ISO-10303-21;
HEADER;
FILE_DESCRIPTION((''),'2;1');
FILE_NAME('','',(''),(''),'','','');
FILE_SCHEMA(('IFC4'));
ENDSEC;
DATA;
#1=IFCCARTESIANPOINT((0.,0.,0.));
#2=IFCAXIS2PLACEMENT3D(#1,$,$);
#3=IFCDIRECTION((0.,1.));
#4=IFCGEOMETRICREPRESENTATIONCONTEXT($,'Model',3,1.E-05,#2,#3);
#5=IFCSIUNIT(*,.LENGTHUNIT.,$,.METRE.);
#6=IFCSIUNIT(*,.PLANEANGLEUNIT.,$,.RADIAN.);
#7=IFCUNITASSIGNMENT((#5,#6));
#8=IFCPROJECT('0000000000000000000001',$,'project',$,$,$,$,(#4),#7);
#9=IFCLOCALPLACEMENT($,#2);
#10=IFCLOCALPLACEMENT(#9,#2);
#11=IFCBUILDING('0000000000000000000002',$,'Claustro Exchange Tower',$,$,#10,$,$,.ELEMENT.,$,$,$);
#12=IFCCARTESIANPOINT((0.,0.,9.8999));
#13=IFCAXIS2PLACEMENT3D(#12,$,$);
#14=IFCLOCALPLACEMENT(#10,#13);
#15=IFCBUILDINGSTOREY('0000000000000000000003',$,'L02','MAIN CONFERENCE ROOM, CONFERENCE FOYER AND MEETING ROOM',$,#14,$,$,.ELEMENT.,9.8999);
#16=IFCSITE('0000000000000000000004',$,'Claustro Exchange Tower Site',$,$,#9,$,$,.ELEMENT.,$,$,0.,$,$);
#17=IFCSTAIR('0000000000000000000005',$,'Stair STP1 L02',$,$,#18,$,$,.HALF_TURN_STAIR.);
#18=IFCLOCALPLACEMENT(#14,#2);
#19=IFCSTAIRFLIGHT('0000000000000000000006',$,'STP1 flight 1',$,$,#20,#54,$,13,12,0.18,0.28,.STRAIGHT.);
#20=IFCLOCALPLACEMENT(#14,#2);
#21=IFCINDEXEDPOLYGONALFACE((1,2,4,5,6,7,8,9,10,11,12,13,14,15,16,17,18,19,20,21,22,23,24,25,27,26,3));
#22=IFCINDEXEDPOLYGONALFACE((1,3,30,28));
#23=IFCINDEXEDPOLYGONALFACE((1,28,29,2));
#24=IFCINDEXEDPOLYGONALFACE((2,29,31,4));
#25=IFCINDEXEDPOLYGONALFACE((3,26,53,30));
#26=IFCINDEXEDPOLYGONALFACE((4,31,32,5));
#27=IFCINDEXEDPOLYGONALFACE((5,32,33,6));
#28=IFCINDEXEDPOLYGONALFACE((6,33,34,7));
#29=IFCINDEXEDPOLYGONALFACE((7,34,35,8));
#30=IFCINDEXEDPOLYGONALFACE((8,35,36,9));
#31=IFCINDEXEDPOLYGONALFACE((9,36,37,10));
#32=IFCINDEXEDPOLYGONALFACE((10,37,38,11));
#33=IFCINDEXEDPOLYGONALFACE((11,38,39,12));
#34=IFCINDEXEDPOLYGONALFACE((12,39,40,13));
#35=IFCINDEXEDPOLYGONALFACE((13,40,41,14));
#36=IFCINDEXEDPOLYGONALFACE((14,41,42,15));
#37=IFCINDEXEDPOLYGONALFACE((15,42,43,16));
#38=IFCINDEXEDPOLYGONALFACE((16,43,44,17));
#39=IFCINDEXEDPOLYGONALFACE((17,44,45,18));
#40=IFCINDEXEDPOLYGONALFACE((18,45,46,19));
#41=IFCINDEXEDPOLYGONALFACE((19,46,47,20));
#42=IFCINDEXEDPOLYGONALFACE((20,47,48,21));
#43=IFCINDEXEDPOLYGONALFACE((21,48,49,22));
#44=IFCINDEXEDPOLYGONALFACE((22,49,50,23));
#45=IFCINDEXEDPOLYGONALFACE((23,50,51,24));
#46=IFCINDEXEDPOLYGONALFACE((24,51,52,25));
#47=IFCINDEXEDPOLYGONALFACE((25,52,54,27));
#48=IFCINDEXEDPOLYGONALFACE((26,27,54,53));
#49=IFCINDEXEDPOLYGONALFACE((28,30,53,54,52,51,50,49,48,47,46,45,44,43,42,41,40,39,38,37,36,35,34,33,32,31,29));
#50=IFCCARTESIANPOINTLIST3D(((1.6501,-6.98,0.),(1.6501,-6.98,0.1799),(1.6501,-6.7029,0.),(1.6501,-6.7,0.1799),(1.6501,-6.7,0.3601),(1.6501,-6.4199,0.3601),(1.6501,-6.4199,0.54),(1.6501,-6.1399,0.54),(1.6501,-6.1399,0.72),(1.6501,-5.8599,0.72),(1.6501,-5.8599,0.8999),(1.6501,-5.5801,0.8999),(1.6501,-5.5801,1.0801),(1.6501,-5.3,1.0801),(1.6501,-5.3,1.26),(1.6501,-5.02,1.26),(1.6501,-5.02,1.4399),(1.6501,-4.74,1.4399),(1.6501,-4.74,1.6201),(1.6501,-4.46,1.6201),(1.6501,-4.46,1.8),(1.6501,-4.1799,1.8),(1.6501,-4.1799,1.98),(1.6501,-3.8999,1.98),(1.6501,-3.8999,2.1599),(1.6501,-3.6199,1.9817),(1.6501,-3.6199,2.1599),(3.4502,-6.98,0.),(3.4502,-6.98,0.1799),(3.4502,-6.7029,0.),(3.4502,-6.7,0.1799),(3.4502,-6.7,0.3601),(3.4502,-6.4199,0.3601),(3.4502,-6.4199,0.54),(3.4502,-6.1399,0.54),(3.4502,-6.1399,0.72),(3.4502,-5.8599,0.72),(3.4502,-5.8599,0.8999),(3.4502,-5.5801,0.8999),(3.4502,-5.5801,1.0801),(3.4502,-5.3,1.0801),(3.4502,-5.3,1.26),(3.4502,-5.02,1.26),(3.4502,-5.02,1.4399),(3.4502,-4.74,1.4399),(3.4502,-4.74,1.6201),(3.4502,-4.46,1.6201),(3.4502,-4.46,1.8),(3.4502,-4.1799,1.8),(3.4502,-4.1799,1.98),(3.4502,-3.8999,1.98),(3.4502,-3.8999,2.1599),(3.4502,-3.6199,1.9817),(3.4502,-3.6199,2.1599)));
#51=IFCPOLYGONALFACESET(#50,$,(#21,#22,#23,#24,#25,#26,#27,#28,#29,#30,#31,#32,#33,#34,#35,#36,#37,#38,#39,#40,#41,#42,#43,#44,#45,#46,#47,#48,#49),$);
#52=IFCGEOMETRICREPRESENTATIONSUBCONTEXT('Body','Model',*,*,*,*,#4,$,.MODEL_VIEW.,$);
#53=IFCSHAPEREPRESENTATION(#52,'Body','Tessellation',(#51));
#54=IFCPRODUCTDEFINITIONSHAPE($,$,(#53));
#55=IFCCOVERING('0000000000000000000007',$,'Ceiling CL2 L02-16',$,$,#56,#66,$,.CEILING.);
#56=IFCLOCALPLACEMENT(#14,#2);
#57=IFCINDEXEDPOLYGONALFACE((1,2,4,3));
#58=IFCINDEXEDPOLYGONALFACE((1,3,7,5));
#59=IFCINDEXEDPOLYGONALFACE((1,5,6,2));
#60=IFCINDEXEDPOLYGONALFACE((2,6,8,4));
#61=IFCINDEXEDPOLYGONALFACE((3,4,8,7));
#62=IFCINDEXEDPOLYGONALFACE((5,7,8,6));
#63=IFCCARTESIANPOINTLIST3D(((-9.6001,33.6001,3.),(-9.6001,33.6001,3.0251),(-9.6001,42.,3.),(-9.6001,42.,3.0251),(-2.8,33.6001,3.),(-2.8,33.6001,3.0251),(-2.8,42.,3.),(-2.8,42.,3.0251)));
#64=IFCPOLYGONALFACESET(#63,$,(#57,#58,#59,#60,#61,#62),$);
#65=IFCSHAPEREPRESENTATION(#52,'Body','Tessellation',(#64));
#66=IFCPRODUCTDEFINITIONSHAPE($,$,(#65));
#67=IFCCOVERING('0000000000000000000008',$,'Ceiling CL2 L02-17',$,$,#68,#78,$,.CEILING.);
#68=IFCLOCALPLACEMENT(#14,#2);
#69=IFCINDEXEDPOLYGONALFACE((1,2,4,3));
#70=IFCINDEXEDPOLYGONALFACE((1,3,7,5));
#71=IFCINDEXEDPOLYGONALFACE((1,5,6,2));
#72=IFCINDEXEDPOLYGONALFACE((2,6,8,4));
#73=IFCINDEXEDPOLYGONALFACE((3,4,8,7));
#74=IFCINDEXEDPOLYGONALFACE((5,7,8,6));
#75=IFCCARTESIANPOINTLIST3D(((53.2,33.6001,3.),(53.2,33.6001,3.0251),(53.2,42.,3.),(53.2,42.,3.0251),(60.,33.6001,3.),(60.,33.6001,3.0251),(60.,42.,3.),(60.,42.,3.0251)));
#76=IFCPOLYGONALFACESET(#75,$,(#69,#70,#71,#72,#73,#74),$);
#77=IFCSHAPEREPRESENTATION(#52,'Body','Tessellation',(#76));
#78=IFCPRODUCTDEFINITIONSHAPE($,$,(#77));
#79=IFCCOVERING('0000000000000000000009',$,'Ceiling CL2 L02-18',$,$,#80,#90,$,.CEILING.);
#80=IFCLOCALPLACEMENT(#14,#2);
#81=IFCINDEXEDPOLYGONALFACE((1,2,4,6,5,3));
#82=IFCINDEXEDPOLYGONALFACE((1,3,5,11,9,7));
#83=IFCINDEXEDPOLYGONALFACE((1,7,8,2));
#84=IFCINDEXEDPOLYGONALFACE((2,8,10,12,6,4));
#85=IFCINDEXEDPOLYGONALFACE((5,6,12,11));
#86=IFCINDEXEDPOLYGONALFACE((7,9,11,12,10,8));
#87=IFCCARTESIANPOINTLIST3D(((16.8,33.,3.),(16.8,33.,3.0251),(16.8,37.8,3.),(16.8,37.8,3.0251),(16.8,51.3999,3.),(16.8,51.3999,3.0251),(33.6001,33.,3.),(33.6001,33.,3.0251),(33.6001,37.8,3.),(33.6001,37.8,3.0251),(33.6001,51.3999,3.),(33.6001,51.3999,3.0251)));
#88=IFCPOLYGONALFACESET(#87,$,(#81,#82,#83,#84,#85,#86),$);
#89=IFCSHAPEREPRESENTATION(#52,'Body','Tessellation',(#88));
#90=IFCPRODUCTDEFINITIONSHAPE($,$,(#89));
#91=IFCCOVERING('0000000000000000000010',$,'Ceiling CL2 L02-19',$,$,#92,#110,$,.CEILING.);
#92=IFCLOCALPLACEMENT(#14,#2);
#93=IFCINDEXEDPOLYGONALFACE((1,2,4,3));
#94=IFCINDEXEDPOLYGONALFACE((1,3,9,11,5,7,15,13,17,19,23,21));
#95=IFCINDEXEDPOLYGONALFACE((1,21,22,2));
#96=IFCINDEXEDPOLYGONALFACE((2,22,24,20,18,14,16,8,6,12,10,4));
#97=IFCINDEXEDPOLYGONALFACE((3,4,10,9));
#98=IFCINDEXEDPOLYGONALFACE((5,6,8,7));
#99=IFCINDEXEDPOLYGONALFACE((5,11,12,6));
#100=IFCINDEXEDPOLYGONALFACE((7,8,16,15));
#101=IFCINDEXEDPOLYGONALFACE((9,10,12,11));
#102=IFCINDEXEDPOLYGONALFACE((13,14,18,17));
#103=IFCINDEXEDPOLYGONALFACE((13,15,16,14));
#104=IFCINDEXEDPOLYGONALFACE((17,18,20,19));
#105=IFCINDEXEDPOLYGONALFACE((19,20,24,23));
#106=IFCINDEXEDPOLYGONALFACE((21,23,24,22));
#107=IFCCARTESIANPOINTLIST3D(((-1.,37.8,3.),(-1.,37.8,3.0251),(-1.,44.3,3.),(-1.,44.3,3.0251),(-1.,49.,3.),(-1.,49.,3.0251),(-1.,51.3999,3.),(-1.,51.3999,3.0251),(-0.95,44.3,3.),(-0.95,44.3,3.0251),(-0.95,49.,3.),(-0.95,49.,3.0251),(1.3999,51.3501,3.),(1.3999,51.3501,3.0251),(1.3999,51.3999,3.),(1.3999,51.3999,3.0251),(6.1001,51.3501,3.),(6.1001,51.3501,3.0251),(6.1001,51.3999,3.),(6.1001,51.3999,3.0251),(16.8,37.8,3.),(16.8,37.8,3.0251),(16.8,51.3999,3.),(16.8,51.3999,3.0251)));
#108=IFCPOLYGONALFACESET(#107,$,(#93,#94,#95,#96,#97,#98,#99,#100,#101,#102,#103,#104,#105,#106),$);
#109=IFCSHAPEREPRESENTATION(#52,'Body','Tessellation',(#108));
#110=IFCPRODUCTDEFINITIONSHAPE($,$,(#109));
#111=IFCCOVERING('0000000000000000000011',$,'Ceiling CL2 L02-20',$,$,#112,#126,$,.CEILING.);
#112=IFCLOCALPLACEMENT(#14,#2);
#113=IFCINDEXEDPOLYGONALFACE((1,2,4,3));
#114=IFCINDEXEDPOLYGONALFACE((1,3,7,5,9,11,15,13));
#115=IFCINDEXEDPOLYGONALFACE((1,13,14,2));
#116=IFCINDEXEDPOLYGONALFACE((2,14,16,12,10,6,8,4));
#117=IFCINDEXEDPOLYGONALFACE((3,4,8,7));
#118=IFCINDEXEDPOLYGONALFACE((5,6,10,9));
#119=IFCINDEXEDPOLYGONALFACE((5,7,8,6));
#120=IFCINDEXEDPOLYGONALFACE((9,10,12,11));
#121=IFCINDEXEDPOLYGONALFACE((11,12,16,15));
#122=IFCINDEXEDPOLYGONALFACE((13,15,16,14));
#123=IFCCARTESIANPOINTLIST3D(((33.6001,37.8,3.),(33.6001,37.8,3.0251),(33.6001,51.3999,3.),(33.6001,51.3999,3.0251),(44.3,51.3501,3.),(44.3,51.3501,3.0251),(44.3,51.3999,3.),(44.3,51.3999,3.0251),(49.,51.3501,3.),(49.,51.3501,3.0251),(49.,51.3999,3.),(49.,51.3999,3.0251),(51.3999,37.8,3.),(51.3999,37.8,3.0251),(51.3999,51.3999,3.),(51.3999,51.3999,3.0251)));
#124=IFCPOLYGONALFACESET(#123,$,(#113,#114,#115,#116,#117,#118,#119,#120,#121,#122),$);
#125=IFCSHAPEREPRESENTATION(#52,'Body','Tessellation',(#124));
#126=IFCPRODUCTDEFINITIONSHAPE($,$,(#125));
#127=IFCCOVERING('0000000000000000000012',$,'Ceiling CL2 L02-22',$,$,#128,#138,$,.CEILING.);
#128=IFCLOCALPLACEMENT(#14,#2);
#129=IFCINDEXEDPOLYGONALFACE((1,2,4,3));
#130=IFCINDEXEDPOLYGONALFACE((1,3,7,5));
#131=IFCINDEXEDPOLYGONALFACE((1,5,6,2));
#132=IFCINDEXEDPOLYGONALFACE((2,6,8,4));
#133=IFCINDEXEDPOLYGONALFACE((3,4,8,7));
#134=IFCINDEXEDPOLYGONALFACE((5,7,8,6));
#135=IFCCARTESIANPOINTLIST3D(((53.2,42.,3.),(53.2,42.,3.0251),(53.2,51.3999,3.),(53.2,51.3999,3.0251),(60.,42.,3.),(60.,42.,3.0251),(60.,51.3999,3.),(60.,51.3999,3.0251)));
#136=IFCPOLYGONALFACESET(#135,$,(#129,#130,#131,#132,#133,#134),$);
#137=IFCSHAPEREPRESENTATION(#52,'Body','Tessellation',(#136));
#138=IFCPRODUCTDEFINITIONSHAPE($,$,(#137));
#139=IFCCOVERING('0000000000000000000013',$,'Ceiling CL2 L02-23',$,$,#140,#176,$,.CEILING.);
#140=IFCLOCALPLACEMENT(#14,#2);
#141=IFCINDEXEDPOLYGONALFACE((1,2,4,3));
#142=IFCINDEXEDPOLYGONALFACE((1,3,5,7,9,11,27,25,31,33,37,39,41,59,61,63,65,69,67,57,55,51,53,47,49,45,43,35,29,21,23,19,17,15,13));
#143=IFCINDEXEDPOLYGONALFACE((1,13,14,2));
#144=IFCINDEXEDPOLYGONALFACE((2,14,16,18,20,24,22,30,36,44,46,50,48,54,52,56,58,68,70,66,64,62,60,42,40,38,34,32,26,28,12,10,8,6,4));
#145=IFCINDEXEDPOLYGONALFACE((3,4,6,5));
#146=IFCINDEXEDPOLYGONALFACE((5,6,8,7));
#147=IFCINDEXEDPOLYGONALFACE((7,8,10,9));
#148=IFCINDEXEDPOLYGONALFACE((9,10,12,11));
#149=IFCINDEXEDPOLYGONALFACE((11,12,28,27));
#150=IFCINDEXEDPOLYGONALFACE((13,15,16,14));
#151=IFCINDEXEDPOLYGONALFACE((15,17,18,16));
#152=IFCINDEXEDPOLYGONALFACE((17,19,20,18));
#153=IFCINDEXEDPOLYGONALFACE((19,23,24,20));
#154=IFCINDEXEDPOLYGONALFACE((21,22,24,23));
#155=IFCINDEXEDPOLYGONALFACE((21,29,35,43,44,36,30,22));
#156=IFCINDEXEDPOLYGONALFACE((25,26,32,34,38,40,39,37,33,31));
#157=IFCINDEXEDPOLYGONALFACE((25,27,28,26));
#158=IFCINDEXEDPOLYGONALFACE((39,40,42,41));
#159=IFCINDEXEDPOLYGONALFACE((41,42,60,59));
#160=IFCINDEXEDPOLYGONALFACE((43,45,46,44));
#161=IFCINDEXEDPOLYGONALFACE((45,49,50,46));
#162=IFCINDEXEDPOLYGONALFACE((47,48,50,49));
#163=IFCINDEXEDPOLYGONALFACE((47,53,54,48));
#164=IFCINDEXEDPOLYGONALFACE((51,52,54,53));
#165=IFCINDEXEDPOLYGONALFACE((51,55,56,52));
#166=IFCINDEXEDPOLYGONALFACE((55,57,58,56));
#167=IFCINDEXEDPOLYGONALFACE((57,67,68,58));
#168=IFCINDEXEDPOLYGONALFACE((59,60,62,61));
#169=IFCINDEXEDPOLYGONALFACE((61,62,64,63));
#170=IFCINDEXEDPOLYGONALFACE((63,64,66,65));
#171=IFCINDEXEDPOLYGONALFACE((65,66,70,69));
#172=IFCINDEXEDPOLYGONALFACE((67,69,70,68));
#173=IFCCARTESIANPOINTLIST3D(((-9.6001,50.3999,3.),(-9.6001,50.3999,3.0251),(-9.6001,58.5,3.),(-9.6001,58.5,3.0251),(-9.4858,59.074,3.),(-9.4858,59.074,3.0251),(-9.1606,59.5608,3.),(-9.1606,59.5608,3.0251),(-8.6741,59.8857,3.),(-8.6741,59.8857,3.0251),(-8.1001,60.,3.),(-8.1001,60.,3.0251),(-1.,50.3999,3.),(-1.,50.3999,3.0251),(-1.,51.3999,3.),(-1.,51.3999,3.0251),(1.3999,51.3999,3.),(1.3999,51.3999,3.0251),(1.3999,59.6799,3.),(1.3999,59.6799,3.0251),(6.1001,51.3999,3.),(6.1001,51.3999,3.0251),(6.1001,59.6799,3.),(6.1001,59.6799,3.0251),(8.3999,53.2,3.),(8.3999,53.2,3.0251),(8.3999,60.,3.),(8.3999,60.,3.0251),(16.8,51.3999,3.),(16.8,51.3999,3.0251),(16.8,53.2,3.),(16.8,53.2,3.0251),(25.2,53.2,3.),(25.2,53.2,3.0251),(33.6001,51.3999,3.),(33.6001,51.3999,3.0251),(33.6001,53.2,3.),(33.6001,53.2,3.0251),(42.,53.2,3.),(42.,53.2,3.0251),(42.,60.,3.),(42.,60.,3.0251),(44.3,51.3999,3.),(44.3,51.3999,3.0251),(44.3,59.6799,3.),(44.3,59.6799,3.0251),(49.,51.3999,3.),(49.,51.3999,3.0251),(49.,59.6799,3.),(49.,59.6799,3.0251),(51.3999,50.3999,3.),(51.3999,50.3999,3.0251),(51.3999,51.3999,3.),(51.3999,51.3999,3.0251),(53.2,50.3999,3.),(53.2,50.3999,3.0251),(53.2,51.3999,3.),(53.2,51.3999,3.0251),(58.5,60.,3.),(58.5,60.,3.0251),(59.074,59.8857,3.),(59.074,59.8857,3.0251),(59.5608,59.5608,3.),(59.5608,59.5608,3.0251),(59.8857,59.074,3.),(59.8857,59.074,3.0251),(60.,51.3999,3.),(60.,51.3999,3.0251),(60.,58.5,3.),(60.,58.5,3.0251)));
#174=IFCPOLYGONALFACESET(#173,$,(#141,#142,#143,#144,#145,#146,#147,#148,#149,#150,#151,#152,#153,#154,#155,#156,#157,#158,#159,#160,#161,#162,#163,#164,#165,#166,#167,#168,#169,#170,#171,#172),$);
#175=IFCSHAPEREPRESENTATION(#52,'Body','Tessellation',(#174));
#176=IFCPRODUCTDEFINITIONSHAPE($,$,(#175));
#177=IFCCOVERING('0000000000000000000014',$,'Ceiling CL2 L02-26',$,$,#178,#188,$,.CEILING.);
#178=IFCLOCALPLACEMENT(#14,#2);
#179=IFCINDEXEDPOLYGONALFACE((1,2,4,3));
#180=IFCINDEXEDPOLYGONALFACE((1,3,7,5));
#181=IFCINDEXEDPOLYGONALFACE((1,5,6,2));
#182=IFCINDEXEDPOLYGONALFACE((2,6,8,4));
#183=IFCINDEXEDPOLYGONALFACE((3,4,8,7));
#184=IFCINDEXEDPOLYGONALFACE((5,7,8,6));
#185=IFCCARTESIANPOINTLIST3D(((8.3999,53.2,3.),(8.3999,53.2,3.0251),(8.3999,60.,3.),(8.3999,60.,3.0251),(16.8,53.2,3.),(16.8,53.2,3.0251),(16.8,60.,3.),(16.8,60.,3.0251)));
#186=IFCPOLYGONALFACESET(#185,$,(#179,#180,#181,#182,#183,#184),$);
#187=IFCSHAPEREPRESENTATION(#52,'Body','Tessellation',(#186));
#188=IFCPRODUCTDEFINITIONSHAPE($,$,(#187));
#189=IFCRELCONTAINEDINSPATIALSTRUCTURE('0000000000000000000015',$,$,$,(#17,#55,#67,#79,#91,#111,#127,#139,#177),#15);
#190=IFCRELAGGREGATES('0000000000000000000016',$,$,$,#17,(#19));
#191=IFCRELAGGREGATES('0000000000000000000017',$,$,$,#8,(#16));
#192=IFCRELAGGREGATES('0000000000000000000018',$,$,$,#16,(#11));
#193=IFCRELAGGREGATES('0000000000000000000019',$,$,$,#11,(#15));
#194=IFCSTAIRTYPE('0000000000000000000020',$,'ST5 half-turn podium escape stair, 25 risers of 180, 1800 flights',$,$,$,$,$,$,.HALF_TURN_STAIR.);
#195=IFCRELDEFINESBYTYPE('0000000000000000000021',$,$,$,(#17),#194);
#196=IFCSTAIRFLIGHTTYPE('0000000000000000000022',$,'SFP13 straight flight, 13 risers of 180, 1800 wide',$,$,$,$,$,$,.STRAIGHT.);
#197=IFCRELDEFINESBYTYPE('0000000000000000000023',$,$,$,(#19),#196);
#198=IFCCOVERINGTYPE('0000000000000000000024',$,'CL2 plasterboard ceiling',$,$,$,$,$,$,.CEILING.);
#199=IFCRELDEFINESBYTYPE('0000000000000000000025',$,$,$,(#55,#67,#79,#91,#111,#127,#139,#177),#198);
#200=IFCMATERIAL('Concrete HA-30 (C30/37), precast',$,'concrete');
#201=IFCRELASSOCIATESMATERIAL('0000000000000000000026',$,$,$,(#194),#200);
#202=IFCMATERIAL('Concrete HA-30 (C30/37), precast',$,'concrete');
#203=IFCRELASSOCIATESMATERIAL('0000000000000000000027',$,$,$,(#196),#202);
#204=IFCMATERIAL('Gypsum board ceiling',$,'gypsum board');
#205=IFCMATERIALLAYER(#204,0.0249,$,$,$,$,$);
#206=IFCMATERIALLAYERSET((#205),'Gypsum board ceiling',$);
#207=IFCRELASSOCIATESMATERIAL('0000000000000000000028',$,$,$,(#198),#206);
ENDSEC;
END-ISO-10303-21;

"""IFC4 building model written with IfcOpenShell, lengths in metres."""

from ifc_helpers import new_model, si_unit, direction, frame, origin, place, context, subcontext, project, spatial, polyline, outline, extrude, material, layer, layer_set, type_object, element, aggregate, save


model = new_model("IFC4")

# Units and contexts
model_context = context("Model", 3, precision=1e-05, world=origin(), true_north=direction((0.0, 1.0)))
body_context = subcontext(model_context, "Body", "Model", "MODEL_VIEW")
ifc_project = project(units=[si_unit("LENGTHUNIT", "METRE"), si_unit("PLANEANGLEUNIT", "RADIAN")], contexts=[model_context])

# Site, building, storey
site_placement = place(None, origin())
site = spatial("IfcSite", under=ifc_project, at=site_placement, Name="Claustro Exchange Tower Site", CompositionType="ELEMENT", RefElevation=0.0)
building_placement = place(site_placement, origin())
building = spatial("IfcBuilding", under=site, at=building_placement, Name="Claustro Exchange Tower", CompositionType="ELEMENT")
storey_placement = place(building_placement, frame((0.0, 0.0, 9.8999)))
storey = spatial("IfcBuildingStorey", under=building, at=storey_placement, Name="L02", Description="MAIN CONFERENCE ROOM, CONFERENCE FOYER AND MEETING ROOM", CompositionType="ELEMENT", Elevation=9.8999)

# Stair, stair flight
ifc_material_1 = material(Name="Concrete HA-30 (C30/37), precast", Category="concrete")
stair_type = type_object("IfcStairType", Name="ST5 half-turn podium escape stair, 25 risers of 180, 1800 flights", PredefinedType="HALF_TURN_STAIR", material=ifc_material_1)
stair_placement = place(storey_placement, origin())
stair = element("IfcStair", 1, at=stair_placement, inside=storey, type_object=stair_type, Name="Stair STP1 L02", PredefinedType="HALF_TURN_STAIR")
ifc_material_2 = material(Name="Concrete HA-30 (C30/37), precast", Category="concrete")
stair_flight_type_1 = type_object("IfcStairFlightType", Name="SFP13 straight flight, 13 risers of 180, 1800 wide", PredefinedType="STRAIGHT", material=ifc_material_2)
stair_flight_1_placement = place(storey_placement, frame((2.55, -6.98, 0.0), z_axis=(0.0, 0.0, 1.0), x_axis=(0.0, 1.0, 0.0)))
stair_flight_1 = element("IfcStairFlight", 2, at=stair_flight_1_placement, type_object=stair_flight_type_1, Name="STP1 flight 1", NumberOfRisers=13, NumberOfTreads=12, PredefinedType="STRAIGHT", RiserHeight=0.18, TreadLength=0.28, context=body_context, shape_type="SweptSolid", body=[
    extrude(outline(polyline([(0.0, 0.0), (0.0, 0.1799), (0.28, 0.1799), (0.28, 0.3601), (0.5601, 0.3601), (0.5601, 0.54), (0.8401, 0.54), (0.8401, 0.72), (1.1201, 0.72), (1.1201, 0.8999), (1.3999, 0.8999), (1.3999, 1.0801), (1.6799, 1.0801), (1.6799, 1.26), (1.96, 1.26), (1.96, 1.4399), (2.24, 1.4399), (2.24, 1.6201), (2.52, 1.6201), (2.52, 1.8), (2.8, 1.8), (2.8, 1.98), (3.0801, 1.98), (3.0801, 2.1599), (3.3601, 2.1599), (3.3601, 2.3401), (3.3601, 1.9817), (0.2771, 0.0), (0.0, 0.0)])), frame((0.0, 0.8999, 0.0), z_axis=(0.0, -1.0, 0.0), x_axis=(1.0, 0.0, 0.0)), (0.0, 0.0, 1.0), 1.8),
])
aggregate(stair, [stair_flight_1])

# Coverings
ifc_material_3 = material(Name="Gypsum board ceiling", Category="gypsum board")
ifc_layer_1 = layer(ifc_material_3, 0.0249)
ifc_layer_set_1 = layer_set([ifc_layer_1], Name="Gypsum board ceiling")
covering_type = type_object("IfcCoveringType", Name="CL2 plasterboard ceiling", PredefinedType="CEILING", material=ifc_layer_set_1)
covering_1_placement = place(storey_placement, frame((0.0, 0.0, 3.0)))
element("IfcCovering", 3, at=covering_1_placement, inside=storey, type_object=covering_type, Name="Ceiling CL2 L02-16", PredefinedType="CEILING", context=body_context, shape_type="SweptSolid", body=[
    extrude(outline(polyline([(-9.6001, 42.0), (-9.6001, 33.6001), (-2.8, 33.6001), (-2.8, 42.0), (-9.6001, 42.0)])), origin(), (0.0, 0.0, 1.0), 0.0251),
])
covering_2_placement = place(storey_placement, frame((0.0, 0.0, 3.0)))
element("IfcCovering", 4, at=covering_2_placement, inside=storey, type_object=covering_type, Name="Ceiling CL2 L02-17", PredefinedType="CEILING", context=body_context, shape_type="SweptSolid", body=[
    extrude(outline(polyline([(60.0, 33.6001), (60.0, 42.0), (53.2, 42.0), (53.2, 33.6001), (60.0, 33.6001)])), origin(), (0.0, 0.0, 1.0), 0.0251),
])
covering_3_placement = place(storey_placement, frame((0.0, 0.0, 3.0)))
element("IfcCovering", 5, at=covering_3_placement, inside=storey, type_object=covering_type, Name="Ceiling CL2 L02-18", PredefinedType="CEILING", context=body_context, shape_type="SweptSolid", body=[
    extrude(outline(polyline([(16.8, 33.0), (33.6001, 33.0), (33.6001, 37.8), (33.6001, 51.3999), (16.8, 51.3999), (16.8, 37.8), (16.8, 33.0)])), origin(), (0.0, 0.0, 1.0), 0.0251),
])
covering_4_placement = place(storey_placement, frame((0.0, 0.0, 3.0)))
element("IfcCovering", 6, at=covering_4_placement, inside=storey, type_object=covering_type, Name="Ceiling CL2 L02-19", PredefinedType="CEILING", context=body_context, shape_type="SweptSolid", body=[
    extrude(outline(polyline([(-1.0, 37.8), (16.8, 37.8), (16.8, 51.3999), (6.1001, 51.3999), (6.1001, 51.3501), (1.3999, 51.3501), (1.3999, 51.3999), (-1.0, 51.3999), (-1.0, 49.0), (-0.95, 49.0), (-0.95, 44.3), (-1.0, 44.3), (-1.0, 37.8)])), origin(), (0.0, 0.0, 1.0), 0.0251),
])
covering_5_placement = place(storey_placement, frame((0.0, 0.0, 3.0)))
element("IfcCovering", 7, at=covering_5_placement, inside=storey, type_object=covering_type, Name="Ceiling CL2 L02-20", PredefinedType="CEILING", context=body_context, shape_type="SweptSolid", body=[
    extrude(outline(polyline([(33.6001, 37.8), (51.3999, 37.8), (51.3999, 51.3999), (49.0, 51.3999), (49.0, 51.3501), (44.3, 51.3501), (44.3, 51.3999), (33.6001, 51.3999), (33.6001, 37.8)])), origin(), (0.0, 0.0, 1.0), 0.0251),
])
covering_6_placement = place(storey_placement, frame((0.0, 0.0, 3.0)))
element("IfcCovering", 8, at=covering_6_placement, inside=storey, type_object=covering_type, Name="Ceiling CL2 L02-22", PredefinedType="CEILING", context=body_context, shape_type="SweptSolid", body=[
    extrude(outline(polyline([(60.0, 42.0), (60.0, 51.3999), (53.2, 51.3999), (53.2, 42.0), (60.0, 42.0)])), origin(), (0.0, 0.0, 1.0), 0.0251),
])
covering_7_placement = place(storey_placement, frame((0.0, 0.0, 3.0)))
element("IfcCovering", 9, at=covering_7_placement, inside=storey, type_object=covering_type, Name="Ceiling CL2 L02-23", PredefinedType="CEILING", context=body_context, shape_type="SweptSolid", body=[
    extrude(outline(polyline([(-8.1001, 60.0), (-8.6741, 59.8857), (-9.1606, 59.5608), (-9.4858, 59.074), (-9.6001, 58.5), (-9.6001, 50.3999), (-1.0, 50.3999), (-1.0, 51.3999), (1.3999, 51.3999), (1.3999, 59.6799), (6.1001, 59.6799), (6.1001, 51.3999), (16.8, 51.3999), (33.6001, 51.3999), (44.3, 51.3999), (44.3, 59.6799), (49.0, 59.6799), (49.0, 51.3999), (51.3999, 51.3999), (51.3999, 50.3999), (53.2, 50.3999), (53.2, 51.3999), (60.0, 51.3999), (60.0, 58.5), (59.8857, 59.074), (59.5608, 59.5608), (59.074, 59.8857), (58.5, 60.0), (42.0, 60.0), (42.0, 53.2), (33.6001, 53.2), (25.2, 53.2), (16.8, 53.2), (8.3999, 53.2), (8.3999, 60.0), (-8.1001, 60.0)])), origin(), (0.0, 0.0, 1.0), 0.0251),
])
covering_8_placement = place(storey_placement, frame((0.0, 0.0, 3.0)))
element("IfcCovering", 10, at=covering_8_placement, inside=storey, type_object=covering_type, Name="Ceiling CL2 L02-26", PredefinedType="CEILING", context=body_context, shape_type="SweptSolid", body=[
    extrude(outline(polyline([(16.8, 60.0), (8.3999, 60.0), (8.3999, 53.2), (16.8, 53.2), (16.8, 60.0)])), origin(), (0.0, 0.0, 1.0), 0.0251),
])

save(model, "model.ifc")
